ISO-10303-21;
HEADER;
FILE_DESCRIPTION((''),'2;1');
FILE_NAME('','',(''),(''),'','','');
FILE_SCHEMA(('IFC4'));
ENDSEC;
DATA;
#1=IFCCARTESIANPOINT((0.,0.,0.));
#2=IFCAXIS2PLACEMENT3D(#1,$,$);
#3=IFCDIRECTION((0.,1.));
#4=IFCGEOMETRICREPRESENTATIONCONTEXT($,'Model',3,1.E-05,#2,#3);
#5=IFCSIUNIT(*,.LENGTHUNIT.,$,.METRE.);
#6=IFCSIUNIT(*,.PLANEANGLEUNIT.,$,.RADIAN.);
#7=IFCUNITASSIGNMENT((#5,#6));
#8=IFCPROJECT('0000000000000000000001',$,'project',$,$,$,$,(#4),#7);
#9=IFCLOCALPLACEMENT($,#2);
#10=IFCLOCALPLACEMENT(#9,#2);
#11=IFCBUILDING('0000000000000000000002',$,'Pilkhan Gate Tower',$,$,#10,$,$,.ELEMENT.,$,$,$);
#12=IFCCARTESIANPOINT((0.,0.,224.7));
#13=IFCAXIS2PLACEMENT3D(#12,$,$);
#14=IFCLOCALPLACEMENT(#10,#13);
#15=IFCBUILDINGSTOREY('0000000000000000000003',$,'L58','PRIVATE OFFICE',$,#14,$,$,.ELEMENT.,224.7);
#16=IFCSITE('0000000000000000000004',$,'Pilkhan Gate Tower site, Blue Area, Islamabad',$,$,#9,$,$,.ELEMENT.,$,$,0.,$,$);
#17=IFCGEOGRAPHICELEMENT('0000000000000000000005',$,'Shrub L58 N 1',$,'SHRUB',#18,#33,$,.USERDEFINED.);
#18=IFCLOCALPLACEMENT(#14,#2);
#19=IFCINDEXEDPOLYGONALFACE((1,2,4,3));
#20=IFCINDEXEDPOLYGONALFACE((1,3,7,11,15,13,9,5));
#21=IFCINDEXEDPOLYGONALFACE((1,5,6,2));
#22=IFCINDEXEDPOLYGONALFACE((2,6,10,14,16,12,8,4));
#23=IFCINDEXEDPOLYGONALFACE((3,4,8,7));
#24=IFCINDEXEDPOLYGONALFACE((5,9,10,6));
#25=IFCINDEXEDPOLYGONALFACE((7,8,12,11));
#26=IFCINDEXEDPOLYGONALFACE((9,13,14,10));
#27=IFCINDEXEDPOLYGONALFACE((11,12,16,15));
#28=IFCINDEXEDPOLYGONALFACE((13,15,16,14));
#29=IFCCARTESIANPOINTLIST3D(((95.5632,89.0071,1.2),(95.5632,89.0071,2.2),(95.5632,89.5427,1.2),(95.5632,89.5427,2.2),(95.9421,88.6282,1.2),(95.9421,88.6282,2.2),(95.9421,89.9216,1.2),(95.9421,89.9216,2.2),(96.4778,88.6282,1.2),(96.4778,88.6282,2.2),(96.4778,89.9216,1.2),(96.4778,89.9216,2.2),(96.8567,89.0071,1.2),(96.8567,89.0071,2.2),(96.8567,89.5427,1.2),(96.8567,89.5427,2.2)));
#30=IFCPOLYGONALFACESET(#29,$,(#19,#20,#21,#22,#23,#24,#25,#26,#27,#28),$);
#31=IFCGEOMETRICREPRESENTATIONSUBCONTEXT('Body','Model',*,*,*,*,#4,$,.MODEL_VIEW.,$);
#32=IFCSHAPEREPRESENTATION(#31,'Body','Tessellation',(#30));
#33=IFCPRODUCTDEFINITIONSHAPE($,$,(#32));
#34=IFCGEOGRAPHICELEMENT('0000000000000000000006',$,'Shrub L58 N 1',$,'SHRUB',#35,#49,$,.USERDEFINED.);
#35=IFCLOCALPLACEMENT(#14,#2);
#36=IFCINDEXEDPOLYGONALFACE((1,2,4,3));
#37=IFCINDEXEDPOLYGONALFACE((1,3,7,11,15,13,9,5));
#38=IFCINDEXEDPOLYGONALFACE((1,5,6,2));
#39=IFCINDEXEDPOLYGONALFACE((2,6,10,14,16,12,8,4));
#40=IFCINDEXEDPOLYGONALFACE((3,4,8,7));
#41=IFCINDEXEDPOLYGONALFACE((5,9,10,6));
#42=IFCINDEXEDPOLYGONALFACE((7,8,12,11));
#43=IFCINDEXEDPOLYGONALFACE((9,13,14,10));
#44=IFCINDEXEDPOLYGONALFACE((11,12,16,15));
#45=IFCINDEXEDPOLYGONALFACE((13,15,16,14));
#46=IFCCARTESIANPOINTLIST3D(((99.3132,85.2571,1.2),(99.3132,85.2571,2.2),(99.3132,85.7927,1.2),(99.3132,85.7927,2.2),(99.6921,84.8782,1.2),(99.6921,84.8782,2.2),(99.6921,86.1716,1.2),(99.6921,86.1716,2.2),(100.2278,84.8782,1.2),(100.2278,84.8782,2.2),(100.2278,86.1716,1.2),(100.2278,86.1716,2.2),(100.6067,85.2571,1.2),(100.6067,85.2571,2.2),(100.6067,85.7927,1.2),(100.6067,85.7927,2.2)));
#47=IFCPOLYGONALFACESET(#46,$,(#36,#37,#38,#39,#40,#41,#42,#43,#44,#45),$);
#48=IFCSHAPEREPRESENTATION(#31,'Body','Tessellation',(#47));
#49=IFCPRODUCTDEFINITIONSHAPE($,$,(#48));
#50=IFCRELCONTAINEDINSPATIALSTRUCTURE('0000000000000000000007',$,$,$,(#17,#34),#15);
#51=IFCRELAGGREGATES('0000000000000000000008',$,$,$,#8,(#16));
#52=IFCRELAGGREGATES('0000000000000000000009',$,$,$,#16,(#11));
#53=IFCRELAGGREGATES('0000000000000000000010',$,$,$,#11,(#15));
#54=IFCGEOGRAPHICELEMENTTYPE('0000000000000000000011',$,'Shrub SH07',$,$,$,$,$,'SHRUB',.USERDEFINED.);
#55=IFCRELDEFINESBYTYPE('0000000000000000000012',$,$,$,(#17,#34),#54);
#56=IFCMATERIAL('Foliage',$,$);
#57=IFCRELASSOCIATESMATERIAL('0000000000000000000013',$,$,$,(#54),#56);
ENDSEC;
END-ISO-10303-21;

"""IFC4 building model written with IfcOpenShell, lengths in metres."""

from ifc_helpers import new_model, si_unit, direction, frame, origin, place, context, subcontext, project, spatial, polyline, outline, extrude, material, material_profile, profile_set, type_object, element, save


model = new_model("IFC4")

# Units and contexts
model_context = context("Model", 3, precision=1e-05, world=origin(), true_north=direction((0.0, 1.0)))
body_context = subcontext(model_context, "Body", "Model", "MODEL_VIEW")
ifc_project = project(units=[si_unit("LENGTHUNIT", "METRE"), si_unit("PLANEANGLEUNIT", "RADIAN")], contexts=[model_context])

# Site, building, storey
site_placement = place(None, origin())
site = spatial("IfcSite", under=ifc_project, at=site_placement, Name="Pilkhan Gate Tower site, Blue Area, Islamabad", CompositionType="ELEMENT", RefElevation=0.0)
building_placement = place(site_placement, origin())
building = spatial("IfcBuilding", under=site, at=building_placement, Name="Pilkhan Gate Tower", CompositionType="ELEMENT")
storey_placement = place(building_placement, frame((0.0, 0.0, 224.7)))
storey = spatial("IfcBuildingStorey", under=building, at=storey_placement, Name="L58", Description="PRIVATE OFFICE", CompositionType="ELEMENT", Elevation=224.7)

# Geographic elements
ifc_material_1 = material(Name="Foliage")
ifc_material_profile_1 = material_profile(ifc_material_1, outline(polyline([(0.6467, 0.2678), (0.2678, 0.6467), (-0.2678, 0.6467), (-0.6467, 0.2678), (-0.6467, -0.2678), (-0.2678, -0.6467), (0.2678, -0.6467), (0.6467, -0.2678), (0.6467, 0.2678)])), Name="Shrub D1.4")
ifc_profile_set_1 = profile_set([ifc_material_profile_1], Name="Foliage")
geographic_element_type_1 = type_object("IfcGeographicElementType", Name="Shrub SH07", ElementType="SHRUB", PredefinedType="USERDEFINED", material=ifc_profile_set_1)
for number, where, z_axis, x_axis, name in (
    (1, (96.21, 89.2749, 1.2), (0.0, 0.0, 1.0), (1.0, 0.0, 0.0), "Shrub L58 N 1"),
    (2, (99.96, 85.5249, 1.2), (0.0, 0.0, 1.0), (1.0, 0.0, 0.0), "Shrub L58 N 1"),
):
    element("IfcGeographicElement", number, at=place(storey_placement, frame(where, z_axis=z_axis, x_axis=x_axis)), inside=storey, type_object=geographic_element_type_1, Name=name, ObjectType="SHRUB", PredefinedType="USERDEFINED", context=body_context, shape_type="SweptSolid", body=[
        extrude(outline(polyline([(0.6467, 0.2678), (0.2678, 0.6467), (-0.2678, 0.6467), (-0.6467, 0.2678), (-0.6467, -0.2678), (-0.2678, -0.6467), (0.2678, -0.6467), (0.6467, -0.2678), (0.6467, 0.2678)])), origin(), (0.0, 0.0, 1.0), 1.0),
    ])

save(model, "model.ifc")
